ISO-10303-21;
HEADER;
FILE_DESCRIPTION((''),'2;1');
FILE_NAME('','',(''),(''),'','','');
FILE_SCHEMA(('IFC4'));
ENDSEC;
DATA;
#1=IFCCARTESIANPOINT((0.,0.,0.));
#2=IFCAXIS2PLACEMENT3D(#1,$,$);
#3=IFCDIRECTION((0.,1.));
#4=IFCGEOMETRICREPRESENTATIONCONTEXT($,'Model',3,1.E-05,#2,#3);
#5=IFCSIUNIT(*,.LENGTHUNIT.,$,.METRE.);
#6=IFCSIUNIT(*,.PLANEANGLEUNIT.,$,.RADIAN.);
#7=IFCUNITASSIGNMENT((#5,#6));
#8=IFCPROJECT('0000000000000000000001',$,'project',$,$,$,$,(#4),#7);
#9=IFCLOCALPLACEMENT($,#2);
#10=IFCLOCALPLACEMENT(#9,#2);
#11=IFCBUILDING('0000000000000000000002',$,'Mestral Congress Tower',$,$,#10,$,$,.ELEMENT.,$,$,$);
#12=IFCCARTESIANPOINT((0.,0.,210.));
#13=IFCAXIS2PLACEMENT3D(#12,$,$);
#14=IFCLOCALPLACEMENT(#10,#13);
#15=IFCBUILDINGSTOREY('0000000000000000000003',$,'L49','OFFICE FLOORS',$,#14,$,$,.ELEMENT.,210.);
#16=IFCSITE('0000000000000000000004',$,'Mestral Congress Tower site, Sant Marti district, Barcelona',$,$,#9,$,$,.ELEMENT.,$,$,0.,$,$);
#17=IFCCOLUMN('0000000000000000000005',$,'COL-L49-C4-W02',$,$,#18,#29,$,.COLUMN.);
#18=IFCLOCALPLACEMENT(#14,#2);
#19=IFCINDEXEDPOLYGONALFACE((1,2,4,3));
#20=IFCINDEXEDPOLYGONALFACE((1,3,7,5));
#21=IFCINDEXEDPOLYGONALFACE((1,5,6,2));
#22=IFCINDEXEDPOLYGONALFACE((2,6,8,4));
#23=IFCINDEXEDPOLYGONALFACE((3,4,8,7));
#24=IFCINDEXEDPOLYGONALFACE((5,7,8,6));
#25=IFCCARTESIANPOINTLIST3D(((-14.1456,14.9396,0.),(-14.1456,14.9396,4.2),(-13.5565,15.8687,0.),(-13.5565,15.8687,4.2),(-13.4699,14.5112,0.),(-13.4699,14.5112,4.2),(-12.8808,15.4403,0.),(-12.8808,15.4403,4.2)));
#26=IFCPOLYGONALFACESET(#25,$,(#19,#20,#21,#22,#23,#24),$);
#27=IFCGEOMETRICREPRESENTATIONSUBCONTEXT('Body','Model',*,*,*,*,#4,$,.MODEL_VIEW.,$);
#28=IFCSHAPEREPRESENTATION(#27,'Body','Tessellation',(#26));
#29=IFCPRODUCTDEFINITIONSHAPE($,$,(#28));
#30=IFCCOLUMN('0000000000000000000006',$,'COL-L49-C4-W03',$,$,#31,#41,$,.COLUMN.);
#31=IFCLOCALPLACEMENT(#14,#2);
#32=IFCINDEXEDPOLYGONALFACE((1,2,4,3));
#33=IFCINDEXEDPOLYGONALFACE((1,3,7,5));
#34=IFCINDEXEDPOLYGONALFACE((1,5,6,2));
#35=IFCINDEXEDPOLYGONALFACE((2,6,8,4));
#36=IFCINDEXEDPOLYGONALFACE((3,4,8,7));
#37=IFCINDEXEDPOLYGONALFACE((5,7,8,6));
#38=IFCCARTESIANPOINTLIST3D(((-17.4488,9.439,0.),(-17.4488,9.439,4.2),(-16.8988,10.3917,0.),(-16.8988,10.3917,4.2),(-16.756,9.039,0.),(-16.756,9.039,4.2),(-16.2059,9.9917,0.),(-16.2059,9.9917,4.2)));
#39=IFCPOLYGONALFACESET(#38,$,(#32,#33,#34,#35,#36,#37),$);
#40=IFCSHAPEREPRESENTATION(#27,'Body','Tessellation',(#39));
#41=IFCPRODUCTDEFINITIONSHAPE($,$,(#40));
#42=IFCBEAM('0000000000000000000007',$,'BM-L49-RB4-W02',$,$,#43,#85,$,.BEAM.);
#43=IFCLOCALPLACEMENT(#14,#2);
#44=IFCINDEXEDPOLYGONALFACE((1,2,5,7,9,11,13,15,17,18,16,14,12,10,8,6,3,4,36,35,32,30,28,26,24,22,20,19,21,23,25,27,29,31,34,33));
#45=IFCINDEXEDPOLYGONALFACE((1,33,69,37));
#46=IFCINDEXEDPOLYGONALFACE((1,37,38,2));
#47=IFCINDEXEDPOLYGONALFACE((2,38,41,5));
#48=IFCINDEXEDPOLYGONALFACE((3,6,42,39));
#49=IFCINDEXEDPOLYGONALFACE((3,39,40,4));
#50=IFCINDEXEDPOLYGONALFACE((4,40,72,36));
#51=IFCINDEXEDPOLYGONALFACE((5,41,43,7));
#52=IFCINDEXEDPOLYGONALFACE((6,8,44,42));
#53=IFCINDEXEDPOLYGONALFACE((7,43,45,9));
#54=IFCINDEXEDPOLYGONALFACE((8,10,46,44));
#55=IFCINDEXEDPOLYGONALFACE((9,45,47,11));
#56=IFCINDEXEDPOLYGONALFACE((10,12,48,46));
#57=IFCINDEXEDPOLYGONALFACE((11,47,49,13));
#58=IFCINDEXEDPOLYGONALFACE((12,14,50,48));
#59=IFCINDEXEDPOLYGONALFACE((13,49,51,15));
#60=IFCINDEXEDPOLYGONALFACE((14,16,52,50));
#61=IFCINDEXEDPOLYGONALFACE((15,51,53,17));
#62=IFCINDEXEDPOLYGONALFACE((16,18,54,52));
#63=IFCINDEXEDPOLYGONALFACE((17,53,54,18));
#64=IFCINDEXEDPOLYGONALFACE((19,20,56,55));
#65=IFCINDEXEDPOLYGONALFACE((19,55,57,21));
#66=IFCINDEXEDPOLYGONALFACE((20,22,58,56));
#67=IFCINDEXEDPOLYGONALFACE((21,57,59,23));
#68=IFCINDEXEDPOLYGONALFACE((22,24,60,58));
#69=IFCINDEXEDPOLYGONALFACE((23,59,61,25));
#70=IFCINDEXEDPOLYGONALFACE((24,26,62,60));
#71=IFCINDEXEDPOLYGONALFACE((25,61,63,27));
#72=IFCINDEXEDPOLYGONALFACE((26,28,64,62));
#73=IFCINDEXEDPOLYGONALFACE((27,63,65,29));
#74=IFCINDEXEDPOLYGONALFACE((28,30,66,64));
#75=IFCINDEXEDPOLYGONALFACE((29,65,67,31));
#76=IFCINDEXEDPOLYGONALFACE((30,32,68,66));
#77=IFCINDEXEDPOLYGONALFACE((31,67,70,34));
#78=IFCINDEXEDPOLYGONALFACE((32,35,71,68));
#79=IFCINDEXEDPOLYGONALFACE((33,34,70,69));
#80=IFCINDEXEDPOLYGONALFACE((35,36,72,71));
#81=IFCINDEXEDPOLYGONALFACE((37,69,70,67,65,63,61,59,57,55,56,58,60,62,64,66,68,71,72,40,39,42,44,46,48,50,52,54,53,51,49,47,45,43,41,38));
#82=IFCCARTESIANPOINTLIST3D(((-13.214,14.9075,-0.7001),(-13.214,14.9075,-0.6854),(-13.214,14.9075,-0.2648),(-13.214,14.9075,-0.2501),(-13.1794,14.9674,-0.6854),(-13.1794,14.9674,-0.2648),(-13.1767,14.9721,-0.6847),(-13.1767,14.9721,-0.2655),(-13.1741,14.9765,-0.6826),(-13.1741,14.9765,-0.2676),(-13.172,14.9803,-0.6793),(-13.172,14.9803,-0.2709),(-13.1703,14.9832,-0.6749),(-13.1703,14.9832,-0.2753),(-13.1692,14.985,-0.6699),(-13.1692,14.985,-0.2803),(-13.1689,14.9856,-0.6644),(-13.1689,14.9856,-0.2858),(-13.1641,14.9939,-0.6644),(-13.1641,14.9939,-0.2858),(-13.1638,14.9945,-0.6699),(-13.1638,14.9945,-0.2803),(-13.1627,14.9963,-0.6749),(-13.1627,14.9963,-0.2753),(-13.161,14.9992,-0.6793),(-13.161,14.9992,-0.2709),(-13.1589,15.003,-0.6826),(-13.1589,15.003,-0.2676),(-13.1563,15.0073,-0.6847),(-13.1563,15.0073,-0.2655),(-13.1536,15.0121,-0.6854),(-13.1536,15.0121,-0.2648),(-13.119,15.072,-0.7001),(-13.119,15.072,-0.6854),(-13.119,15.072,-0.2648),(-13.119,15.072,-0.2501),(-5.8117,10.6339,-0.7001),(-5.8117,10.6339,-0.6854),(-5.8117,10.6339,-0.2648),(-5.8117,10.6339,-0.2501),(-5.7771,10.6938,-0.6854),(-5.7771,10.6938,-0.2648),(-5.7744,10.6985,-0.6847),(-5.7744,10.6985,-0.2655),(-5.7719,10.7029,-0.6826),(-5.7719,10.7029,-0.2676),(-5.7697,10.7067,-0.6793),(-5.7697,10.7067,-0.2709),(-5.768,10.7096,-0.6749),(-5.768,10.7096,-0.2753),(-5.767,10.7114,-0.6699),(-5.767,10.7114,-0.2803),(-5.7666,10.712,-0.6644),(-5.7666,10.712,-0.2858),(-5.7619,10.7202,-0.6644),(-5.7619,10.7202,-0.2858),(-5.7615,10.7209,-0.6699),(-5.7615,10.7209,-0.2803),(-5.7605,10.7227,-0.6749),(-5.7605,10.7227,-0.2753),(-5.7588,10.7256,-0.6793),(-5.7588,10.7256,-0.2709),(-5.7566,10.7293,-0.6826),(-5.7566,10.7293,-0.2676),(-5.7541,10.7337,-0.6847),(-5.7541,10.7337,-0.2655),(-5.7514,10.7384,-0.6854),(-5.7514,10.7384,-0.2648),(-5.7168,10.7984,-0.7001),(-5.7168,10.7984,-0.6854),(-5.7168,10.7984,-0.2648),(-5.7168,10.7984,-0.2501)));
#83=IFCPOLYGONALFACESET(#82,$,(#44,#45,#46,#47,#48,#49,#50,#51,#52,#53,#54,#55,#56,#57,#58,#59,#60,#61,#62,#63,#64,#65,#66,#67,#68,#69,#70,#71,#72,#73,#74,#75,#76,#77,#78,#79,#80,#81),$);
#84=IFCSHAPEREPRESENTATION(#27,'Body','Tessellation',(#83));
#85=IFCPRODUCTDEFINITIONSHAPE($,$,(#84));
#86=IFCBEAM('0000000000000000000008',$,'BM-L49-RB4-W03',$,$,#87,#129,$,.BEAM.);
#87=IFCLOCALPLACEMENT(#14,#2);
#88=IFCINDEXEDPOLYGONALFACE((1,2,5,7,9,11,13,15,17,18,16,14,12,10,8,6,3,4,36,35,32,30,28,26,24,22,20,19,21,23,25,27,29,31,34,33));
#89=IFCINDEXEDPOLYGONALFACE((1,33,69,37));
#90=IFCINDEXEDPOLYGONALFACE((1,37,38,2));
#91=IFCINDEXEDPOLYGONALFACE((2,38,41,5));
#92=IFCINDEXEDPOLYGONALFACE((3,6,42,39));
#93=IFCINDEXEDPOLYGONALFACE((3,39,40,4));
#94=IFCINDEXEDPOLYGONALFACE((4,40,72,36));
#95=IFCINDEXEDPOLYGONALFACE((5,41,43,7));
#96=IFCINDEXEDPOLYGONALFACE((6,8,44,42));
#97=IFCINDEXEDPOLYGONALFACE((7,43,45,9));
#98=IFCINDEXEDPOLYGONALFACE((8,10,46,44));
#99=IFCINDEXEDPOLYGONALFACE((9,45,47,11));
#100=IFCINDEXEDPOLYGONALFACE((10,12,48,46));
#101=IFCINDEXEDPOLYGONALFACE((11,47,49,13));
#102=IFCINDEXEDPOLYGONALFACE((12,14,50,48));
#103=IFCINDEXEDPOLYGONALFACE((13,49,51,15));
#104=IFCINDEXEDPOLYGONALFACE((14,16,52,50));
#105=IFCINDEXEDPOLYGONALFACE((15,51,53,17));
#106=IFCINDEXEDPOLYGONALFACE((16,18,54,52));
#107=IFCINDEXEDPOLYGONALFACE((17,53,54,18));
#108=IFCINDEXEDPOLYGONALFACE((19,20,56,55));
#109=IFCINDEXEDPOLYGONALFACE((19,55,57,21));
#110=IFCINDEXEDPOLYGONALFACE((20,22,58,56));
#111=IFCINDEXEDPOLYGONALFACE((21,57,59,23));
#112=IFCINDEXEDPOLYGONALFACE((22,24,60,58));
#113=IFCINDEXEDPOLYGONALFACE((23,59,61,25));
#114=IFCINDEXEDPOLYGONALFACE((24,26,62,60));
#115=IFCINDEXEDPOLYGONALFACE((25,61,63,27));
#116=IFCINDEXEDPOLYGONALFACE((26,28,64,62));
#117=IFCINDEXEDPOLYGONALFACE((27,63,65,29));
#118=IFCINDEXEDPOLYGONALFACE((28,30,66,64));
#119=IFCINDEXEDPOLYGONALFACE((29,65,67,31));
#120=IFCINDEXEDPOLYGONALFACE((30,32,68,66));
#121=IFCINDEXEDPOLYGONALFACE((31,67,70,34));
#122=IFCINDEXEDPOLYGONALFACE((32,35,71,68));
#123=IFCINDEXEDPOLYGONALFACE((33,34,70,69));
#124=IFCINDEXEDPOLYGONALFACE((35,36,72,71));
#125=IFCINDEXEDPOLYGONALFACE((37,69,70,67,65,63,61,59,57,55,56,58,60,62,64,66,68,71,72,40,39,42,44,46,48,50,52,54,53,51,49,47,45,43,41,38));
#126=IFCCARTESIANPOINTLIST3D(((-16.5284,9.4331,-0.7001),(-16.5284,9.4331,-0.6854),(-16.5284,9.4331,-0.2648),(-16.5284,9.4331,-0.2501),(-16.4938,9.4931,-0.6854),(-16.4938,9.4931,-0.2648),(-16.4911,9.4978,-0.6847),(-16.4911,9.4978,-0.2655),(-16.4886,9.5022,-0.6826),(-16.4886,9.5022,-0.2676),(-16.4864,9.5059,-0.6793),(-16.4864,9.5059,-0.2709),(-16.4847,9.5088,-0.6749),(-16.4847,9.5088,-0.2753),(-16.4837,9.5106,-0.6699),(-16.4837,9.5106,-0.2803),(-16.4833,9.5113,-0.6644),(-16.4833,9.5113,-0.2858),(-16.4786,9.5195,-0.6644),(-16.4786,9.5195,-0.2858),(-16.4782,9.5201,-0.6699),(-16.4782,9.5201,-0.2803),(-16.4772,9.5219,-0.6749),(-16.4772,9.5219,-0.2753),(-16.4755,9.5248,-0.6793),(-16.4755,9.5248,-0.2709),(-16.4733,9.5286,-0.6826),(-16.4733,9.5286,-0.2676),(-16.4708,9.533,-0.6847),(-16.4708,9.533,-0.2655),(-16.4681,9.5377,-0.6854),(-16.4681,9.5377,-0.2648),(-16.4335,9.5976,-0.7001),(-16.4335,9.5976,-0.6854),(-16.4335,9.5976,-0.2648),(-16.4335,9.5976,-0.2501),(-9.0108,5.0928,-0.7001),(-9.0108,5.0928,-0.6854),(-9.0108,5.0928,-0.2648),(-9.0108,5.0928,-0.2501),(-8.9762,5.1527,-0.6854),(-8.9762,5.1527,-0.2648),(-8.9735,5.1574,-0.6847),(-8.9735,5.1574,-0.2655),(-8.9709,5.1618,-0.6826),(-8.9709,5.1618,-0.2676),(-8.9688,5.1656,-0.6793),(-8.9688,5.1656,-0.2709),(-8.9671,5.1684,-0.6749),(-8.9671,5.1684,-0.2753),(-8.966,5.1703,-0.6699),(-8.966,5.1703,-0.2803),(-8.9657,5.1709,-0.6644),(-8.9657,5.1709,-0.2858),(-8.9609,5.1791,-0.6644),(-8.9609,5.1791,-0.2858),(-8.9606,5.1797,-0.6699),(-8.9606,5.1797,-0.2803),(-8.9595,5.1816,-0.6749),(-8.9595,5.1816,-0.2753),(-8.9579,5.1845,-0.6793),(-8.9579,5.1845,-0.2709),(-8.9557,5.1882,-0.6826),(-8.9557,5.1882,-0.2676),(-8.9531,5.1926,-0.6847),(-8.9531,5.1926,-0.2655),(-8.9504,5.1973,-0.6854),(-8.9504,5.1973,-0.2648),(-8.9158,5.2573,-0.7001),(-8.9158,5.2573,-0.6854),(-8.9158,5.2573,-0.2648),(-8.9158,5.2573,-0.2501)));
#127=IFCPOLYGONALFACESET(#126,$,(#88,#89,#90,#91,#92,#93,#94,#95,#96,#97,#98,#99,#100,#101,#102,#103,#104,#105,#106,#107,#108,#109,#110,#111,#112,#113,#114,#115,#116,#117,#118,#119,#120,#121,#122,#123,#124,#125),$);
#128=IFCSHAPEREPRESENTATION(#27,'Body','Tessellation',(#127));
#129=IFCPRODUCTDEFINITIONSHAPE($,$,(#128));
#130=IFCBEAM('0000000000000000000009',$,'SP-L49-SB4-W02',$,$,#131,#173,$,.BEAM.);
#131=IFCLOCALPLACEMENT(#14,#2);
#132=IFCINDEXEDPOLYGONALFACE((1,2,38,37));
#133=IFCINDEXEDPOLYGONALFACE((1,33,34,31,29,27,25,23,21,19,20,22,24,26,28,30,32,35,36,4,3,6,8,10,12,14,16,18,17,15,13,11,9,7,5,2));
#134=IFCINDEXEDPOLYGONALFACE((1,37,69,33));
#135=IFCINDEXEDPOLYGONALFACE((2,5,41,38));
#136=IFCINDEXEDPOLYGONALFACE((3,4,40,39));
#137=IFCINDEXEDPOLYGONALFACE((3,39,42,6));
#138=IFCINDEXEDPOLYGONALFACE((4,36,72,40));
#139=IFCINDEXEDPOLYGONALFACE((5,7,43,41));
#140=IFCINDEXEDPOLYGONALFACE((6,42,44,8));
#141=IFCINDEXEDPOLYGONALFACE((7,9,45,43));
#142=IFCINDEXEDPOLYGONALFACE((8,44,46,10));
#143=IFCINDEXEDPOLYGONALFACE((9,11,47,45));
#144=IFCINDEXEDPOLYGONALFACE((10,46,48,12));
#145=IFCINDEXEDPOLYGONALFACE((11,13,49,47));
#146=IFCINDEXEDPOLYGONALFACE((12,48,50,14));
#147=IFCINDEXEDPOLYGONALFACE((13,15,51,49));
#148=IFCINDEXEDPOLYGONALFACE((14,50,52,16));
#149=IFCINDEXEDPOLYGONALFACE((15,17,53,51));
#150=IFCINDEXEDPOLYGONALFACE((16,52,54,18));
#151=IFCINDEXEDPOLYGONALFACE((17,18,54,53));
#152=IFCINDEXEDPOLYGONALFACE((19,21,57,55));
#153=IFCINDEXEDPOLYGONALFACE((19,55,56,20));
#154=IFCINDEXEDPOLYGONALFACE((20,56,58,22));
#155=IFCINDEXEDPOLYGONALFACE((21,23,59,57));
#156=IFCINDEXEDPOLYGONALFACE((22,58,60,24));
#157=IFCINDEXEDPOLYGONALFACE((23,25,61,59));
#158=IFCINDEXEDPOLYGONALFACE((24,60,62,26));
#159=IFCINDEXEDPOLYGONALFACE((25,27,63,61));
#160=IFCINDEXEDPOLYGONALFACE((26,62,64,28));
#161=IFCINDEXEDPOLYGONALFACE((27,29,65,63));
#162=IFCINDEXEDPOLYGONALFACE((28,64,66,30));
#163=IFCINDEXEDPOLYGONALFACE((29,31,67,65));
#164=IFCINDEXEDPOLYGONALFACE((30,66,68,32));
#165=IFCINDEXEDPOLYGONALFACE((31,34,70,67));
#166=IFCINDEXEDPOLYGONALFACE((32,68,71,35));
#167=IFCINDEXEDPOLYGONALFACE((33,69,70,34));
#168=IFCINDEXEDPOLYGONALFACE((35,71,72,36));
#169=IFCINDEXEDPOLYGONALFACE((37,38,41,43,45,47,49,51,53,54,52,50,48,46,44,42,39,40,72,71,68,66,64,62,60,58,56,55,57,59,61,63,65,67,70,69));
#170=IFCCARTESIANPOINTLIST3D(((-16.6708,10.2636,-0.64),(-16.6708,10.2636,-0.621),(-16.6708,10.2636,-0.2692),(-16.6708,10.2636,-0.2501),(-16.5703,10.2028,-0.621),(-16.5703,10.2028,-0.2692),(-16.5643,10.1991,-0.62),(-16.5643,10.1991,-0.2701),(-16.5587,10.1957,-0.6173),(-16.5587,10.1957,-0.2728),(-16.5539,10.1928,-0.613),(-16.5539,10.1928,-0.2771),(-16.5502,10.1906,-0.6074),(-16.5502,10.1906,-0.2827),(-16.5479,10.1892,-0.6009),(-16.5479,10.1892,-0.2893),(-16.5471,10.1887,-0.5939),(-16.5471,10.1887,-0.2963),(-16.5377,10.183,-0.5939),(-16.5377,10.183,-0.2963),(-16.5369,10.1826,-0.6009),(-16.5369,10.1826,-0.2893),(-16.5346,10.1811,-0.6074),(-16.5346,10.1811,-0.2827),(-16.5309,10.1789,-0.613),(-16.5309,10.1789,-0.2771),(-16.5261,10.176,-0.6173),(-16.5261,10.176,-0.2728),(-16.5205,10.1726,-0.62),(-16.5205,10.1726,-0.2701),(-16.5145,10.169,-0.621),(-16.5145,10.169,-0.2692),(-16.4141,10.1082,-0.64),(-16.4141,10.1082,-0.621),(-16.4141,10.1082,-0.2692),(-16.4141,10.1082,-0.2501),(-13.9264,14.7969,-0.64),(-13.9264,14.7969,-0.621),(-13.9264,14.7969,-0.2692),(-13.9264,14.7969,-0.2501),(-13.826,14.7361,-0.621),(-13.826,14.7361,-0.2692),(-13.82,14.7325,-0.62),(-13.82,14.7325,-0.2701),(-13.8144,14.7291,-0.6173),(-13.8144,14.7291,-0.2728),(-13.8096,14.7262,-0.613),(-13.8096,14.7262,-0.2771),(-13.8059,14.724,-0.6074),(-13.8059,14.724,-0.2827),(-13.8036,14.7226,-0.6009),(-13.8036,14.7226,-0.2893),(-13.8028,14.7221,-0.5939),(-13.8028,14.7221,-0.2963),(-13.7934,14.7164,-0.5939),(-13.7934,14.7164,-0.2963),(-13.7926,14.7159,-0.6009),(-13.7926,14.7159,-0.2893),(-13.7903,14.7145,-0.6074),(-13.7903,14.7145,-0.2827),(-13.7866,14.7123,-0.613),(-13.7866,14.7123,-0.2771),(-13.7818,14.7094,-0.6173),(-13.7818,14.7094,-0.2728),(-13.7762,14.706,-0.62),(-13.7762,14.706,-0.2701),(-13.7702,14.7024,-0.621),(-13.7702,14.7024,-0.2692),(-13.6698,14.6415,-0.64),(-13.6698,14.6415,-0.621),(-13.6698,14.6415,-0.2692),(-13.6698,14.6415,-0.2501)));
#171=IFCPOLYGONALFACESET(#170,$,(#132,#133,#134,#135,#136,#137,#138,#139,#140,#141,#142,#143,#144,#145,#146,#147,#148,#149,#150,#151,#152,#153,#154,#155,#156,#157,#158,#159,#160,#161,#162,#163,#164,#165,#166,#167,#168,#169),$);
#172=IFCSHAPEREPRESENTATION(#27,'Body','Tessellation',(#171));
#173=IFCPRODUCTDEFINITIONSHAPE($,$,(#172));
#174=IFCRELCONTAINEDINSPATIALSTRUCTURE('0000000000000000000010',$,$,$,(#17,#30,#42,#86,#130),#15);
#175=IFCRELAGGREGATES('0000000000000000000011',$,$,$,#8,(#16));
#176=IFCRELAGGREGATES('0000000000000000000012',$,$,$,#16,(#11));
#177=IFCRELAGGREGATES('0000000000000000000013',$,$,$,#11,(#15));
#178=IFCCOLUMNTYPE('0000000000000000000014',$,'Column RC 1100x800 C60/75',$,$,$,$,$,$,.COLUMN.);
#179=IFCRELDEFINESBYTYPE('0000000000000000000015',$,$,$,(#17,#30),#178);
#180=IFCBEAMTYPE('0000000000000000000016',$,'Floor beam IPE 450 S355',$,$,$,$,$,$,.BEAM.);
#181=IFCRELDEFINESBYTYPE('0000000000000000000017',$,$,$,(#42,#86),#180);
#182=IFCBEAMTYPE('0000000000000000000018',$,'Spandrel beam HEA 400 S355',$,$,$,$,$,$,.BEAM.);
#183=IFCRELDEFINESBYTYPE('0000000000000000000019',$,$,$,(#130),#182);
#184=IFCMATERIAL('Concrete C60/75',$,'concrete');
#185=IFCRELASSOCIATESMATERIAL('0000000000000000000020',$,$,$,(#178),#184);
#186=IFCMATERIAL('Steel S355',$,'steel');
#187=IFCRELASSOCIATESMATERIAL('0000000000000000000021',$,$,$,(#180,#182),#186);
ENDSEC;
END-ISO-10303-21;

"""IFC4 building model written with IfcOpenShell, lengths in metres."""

from ifc_helpers import new_model, si_unit, direction, frame, origin, origin_2d, place, context, subcontext, project, spatial, rectangle, i_section, extrude, material, material_profile, profile_set, type_object, element, save


model = new_model("IFC4")

# Units and contexts
model_context = context("Model", 3, precision=1e-05, world=origin(), true_north=direction((0.0, 1.0)))
body_context = subcontext(model_context, "Body", "Model", "MODEL_VIEW")
ifc_project = project(units=[si_unit("LENGTHUNIT", "METRE"), si_unit("PLANEANGLEUNIT", "RADIAN")], contexts=[model_context])

# Site, building, storey
site_placement = place(None, origin())
site = spatial("IfcSite", under=ifc_project, at=site_placement, Name="Mestral Congress Tower site, Sant Marti district, Barcelona", CompositionType="ELEMENT", RefElevation=0.0)
building_placement = place(site_placement, origin())
building = spatial("IfcBuilding", under=site, at=building_placement, Name="Mestral Congress Tower", CompositionType="ELEMENT")
storey_placement = place(building_placement, frame((0.0, 0.0, 210.0)))
storey = spatial("IfcBuildingStorey", under=building, at=storey_placement, Name="L49", Description="OFFICE FLOORS", CompositionType="ELEMENT", Elevation=210.0)

# Columns
ifc_material_1 = material(Name="Concrete C60/75", Category="concrete")
ifc_material_profile_1 = material_profile(ifc_material_1, rectangle(XDim=1.1001, YDim=0.8, at=origin_2d()), Name="RC 1100x800")
ifc_profile_set_1 = profile_set([ifc_material_profile_1], Name="Concrete C60/75")
column_type = type_object("IfcColumnType", Name="Column RC 1100x800 C60/75", PredefinedType="COLUMN", material=ifc_profile_set_1)
for number, where, z_axis, x_axis, name in (
    (1, (-13.5132, 15.1899, 0.0), (0.0, 0.0, 1.0), (-0.535503, -0.844534, 0.0), "COL-L49-C4-W02"),
    (2, (-16.8274, 9.7153, 0.0), (0.0, 0.0, 1.0), (-0.5, -0.866025, 0.0), "COL-L49-C4-W03"),
):
    element("IfcColumn", number, at=place(storey_placement, frame(where, z_axis=z_axis, x_axis=x_axis)), inside=storey, type_object=column_type, Name=name, PredefinedType="COLUMN", context=body_context, shape_type="SweptSolid", body=[
        extrude(rectangle(XDim=1.1001, YDim=0.8, at=origin_2d()), origin(), (0.0, 0.0, 1.0), 4.2),
    ])

# Beams
ifc_material_2 = material(Name="Steel S355", Category="steel")
ifc_material_profile_2 = material_profile(ifc_material_2, i_section(OverallWidth=0.1899, OverallDepth=0.45, WebThickness=0.0095, FlangeThickness=0.0146, FilletRadius=0.021, at=origin_2d()), Name="IPE 450")
ifc_profile_set_2 = profile_set([ifc_material_profile_2], Name="Steel S355")
beam_type_1 = type_object("IfcBeamType", Name="Floor beam IPE 450 S355", PredefinedType="BEAM", material=ifc_profile_set_2)
beam_1_placement = place(storey_placement, frame((-13.1665, 14.9897, -0.4751), z_axis=(0.866029, -0.499994, 0.0), x_axis=(0.499994, 0.866029, 0.0)))
element("IfcBeam", 3, at=beam_1_placement, inside=storey, type_object=beam_type_1, Name="BM-L49-RB4-W02", PredefinedType="BEAM", context=body_context, shape_type="SweptSolid", body=[
    extrude(i_section(OverallWidth=0.1899, OverallDepth=0.45, WebThickness=0.0095, FlangeThickness=0.0146, FilletRadius=0.021, at=origin_2d()), origin(), (0.0, 0.0, 1.0), 8.5474),
])
beam_2_placement = place(storey_placement, frame((-16.481, 9.5154, -0.4751), z_axis=(0.866023, -0.500005, 0.0), x_axis=(0.500005, 0.866023, 0.0)))
element("IfcBeam", 4, at=beam_2_placement, inside=storey, type_object=beam_type_1, Name="BM-L49-RB4-W03", PredefinedType="BEAM", context=body_context, shape_type="SweptSolid", body=[
    extrude(i_section(OverallWidth=0.1899, OverallDepth=0.45, WebThickness=0.0095, FlangeThickness=0.0146, FilletRadius=0.021, at=origin_2d()), origin(), (0.0, 0.0, 1.0), 8.6807),
])
ifc_material_profile_3 = material_profile(ifc_material_2, i_section(OverallWidth=0.3, OverallDepth=0.3899, WebThickness=0.011, FlangeThickness=0.019, FilletRadius=0.0271, at=origin_2d()), Name="HEA 400")
ifc_profile_set_3 = profile_set([ifc_material_profile_3], Name="Steel S355")
beam_type_2 = type_object("IfcBeamType", Name="Spandrel beam HEA 400 S355", PredefinedType="BEAM", material=ifc_profile_set_3)
beam_3_placement = place(storey_placement, frame((-13.7981, 14.7192, -0.4451), z_axis=(-0.517866, -0.855462, 0.0), x_axis=(0.855462, -0.517866, 0.0)))
element("IfcBeam", 5, at=beam_3_placement, inside=storey, type_object=beam_type_2, Name="SP-L49-SB4-W02", PredefinedType="BEAM", context=body_context, shape_type="SweptSolid", body=[
    extrude(i_section(OverallWidth=0.3, OverallDepth=0.3899, WebThickness=0.011, FlangeThickness=0.019, FilletRadius=0.0271, at=origin_2d()), origin(), (0.0, 0.0, 1.0), 5.2993),
])

save(model, "model.ifc")
